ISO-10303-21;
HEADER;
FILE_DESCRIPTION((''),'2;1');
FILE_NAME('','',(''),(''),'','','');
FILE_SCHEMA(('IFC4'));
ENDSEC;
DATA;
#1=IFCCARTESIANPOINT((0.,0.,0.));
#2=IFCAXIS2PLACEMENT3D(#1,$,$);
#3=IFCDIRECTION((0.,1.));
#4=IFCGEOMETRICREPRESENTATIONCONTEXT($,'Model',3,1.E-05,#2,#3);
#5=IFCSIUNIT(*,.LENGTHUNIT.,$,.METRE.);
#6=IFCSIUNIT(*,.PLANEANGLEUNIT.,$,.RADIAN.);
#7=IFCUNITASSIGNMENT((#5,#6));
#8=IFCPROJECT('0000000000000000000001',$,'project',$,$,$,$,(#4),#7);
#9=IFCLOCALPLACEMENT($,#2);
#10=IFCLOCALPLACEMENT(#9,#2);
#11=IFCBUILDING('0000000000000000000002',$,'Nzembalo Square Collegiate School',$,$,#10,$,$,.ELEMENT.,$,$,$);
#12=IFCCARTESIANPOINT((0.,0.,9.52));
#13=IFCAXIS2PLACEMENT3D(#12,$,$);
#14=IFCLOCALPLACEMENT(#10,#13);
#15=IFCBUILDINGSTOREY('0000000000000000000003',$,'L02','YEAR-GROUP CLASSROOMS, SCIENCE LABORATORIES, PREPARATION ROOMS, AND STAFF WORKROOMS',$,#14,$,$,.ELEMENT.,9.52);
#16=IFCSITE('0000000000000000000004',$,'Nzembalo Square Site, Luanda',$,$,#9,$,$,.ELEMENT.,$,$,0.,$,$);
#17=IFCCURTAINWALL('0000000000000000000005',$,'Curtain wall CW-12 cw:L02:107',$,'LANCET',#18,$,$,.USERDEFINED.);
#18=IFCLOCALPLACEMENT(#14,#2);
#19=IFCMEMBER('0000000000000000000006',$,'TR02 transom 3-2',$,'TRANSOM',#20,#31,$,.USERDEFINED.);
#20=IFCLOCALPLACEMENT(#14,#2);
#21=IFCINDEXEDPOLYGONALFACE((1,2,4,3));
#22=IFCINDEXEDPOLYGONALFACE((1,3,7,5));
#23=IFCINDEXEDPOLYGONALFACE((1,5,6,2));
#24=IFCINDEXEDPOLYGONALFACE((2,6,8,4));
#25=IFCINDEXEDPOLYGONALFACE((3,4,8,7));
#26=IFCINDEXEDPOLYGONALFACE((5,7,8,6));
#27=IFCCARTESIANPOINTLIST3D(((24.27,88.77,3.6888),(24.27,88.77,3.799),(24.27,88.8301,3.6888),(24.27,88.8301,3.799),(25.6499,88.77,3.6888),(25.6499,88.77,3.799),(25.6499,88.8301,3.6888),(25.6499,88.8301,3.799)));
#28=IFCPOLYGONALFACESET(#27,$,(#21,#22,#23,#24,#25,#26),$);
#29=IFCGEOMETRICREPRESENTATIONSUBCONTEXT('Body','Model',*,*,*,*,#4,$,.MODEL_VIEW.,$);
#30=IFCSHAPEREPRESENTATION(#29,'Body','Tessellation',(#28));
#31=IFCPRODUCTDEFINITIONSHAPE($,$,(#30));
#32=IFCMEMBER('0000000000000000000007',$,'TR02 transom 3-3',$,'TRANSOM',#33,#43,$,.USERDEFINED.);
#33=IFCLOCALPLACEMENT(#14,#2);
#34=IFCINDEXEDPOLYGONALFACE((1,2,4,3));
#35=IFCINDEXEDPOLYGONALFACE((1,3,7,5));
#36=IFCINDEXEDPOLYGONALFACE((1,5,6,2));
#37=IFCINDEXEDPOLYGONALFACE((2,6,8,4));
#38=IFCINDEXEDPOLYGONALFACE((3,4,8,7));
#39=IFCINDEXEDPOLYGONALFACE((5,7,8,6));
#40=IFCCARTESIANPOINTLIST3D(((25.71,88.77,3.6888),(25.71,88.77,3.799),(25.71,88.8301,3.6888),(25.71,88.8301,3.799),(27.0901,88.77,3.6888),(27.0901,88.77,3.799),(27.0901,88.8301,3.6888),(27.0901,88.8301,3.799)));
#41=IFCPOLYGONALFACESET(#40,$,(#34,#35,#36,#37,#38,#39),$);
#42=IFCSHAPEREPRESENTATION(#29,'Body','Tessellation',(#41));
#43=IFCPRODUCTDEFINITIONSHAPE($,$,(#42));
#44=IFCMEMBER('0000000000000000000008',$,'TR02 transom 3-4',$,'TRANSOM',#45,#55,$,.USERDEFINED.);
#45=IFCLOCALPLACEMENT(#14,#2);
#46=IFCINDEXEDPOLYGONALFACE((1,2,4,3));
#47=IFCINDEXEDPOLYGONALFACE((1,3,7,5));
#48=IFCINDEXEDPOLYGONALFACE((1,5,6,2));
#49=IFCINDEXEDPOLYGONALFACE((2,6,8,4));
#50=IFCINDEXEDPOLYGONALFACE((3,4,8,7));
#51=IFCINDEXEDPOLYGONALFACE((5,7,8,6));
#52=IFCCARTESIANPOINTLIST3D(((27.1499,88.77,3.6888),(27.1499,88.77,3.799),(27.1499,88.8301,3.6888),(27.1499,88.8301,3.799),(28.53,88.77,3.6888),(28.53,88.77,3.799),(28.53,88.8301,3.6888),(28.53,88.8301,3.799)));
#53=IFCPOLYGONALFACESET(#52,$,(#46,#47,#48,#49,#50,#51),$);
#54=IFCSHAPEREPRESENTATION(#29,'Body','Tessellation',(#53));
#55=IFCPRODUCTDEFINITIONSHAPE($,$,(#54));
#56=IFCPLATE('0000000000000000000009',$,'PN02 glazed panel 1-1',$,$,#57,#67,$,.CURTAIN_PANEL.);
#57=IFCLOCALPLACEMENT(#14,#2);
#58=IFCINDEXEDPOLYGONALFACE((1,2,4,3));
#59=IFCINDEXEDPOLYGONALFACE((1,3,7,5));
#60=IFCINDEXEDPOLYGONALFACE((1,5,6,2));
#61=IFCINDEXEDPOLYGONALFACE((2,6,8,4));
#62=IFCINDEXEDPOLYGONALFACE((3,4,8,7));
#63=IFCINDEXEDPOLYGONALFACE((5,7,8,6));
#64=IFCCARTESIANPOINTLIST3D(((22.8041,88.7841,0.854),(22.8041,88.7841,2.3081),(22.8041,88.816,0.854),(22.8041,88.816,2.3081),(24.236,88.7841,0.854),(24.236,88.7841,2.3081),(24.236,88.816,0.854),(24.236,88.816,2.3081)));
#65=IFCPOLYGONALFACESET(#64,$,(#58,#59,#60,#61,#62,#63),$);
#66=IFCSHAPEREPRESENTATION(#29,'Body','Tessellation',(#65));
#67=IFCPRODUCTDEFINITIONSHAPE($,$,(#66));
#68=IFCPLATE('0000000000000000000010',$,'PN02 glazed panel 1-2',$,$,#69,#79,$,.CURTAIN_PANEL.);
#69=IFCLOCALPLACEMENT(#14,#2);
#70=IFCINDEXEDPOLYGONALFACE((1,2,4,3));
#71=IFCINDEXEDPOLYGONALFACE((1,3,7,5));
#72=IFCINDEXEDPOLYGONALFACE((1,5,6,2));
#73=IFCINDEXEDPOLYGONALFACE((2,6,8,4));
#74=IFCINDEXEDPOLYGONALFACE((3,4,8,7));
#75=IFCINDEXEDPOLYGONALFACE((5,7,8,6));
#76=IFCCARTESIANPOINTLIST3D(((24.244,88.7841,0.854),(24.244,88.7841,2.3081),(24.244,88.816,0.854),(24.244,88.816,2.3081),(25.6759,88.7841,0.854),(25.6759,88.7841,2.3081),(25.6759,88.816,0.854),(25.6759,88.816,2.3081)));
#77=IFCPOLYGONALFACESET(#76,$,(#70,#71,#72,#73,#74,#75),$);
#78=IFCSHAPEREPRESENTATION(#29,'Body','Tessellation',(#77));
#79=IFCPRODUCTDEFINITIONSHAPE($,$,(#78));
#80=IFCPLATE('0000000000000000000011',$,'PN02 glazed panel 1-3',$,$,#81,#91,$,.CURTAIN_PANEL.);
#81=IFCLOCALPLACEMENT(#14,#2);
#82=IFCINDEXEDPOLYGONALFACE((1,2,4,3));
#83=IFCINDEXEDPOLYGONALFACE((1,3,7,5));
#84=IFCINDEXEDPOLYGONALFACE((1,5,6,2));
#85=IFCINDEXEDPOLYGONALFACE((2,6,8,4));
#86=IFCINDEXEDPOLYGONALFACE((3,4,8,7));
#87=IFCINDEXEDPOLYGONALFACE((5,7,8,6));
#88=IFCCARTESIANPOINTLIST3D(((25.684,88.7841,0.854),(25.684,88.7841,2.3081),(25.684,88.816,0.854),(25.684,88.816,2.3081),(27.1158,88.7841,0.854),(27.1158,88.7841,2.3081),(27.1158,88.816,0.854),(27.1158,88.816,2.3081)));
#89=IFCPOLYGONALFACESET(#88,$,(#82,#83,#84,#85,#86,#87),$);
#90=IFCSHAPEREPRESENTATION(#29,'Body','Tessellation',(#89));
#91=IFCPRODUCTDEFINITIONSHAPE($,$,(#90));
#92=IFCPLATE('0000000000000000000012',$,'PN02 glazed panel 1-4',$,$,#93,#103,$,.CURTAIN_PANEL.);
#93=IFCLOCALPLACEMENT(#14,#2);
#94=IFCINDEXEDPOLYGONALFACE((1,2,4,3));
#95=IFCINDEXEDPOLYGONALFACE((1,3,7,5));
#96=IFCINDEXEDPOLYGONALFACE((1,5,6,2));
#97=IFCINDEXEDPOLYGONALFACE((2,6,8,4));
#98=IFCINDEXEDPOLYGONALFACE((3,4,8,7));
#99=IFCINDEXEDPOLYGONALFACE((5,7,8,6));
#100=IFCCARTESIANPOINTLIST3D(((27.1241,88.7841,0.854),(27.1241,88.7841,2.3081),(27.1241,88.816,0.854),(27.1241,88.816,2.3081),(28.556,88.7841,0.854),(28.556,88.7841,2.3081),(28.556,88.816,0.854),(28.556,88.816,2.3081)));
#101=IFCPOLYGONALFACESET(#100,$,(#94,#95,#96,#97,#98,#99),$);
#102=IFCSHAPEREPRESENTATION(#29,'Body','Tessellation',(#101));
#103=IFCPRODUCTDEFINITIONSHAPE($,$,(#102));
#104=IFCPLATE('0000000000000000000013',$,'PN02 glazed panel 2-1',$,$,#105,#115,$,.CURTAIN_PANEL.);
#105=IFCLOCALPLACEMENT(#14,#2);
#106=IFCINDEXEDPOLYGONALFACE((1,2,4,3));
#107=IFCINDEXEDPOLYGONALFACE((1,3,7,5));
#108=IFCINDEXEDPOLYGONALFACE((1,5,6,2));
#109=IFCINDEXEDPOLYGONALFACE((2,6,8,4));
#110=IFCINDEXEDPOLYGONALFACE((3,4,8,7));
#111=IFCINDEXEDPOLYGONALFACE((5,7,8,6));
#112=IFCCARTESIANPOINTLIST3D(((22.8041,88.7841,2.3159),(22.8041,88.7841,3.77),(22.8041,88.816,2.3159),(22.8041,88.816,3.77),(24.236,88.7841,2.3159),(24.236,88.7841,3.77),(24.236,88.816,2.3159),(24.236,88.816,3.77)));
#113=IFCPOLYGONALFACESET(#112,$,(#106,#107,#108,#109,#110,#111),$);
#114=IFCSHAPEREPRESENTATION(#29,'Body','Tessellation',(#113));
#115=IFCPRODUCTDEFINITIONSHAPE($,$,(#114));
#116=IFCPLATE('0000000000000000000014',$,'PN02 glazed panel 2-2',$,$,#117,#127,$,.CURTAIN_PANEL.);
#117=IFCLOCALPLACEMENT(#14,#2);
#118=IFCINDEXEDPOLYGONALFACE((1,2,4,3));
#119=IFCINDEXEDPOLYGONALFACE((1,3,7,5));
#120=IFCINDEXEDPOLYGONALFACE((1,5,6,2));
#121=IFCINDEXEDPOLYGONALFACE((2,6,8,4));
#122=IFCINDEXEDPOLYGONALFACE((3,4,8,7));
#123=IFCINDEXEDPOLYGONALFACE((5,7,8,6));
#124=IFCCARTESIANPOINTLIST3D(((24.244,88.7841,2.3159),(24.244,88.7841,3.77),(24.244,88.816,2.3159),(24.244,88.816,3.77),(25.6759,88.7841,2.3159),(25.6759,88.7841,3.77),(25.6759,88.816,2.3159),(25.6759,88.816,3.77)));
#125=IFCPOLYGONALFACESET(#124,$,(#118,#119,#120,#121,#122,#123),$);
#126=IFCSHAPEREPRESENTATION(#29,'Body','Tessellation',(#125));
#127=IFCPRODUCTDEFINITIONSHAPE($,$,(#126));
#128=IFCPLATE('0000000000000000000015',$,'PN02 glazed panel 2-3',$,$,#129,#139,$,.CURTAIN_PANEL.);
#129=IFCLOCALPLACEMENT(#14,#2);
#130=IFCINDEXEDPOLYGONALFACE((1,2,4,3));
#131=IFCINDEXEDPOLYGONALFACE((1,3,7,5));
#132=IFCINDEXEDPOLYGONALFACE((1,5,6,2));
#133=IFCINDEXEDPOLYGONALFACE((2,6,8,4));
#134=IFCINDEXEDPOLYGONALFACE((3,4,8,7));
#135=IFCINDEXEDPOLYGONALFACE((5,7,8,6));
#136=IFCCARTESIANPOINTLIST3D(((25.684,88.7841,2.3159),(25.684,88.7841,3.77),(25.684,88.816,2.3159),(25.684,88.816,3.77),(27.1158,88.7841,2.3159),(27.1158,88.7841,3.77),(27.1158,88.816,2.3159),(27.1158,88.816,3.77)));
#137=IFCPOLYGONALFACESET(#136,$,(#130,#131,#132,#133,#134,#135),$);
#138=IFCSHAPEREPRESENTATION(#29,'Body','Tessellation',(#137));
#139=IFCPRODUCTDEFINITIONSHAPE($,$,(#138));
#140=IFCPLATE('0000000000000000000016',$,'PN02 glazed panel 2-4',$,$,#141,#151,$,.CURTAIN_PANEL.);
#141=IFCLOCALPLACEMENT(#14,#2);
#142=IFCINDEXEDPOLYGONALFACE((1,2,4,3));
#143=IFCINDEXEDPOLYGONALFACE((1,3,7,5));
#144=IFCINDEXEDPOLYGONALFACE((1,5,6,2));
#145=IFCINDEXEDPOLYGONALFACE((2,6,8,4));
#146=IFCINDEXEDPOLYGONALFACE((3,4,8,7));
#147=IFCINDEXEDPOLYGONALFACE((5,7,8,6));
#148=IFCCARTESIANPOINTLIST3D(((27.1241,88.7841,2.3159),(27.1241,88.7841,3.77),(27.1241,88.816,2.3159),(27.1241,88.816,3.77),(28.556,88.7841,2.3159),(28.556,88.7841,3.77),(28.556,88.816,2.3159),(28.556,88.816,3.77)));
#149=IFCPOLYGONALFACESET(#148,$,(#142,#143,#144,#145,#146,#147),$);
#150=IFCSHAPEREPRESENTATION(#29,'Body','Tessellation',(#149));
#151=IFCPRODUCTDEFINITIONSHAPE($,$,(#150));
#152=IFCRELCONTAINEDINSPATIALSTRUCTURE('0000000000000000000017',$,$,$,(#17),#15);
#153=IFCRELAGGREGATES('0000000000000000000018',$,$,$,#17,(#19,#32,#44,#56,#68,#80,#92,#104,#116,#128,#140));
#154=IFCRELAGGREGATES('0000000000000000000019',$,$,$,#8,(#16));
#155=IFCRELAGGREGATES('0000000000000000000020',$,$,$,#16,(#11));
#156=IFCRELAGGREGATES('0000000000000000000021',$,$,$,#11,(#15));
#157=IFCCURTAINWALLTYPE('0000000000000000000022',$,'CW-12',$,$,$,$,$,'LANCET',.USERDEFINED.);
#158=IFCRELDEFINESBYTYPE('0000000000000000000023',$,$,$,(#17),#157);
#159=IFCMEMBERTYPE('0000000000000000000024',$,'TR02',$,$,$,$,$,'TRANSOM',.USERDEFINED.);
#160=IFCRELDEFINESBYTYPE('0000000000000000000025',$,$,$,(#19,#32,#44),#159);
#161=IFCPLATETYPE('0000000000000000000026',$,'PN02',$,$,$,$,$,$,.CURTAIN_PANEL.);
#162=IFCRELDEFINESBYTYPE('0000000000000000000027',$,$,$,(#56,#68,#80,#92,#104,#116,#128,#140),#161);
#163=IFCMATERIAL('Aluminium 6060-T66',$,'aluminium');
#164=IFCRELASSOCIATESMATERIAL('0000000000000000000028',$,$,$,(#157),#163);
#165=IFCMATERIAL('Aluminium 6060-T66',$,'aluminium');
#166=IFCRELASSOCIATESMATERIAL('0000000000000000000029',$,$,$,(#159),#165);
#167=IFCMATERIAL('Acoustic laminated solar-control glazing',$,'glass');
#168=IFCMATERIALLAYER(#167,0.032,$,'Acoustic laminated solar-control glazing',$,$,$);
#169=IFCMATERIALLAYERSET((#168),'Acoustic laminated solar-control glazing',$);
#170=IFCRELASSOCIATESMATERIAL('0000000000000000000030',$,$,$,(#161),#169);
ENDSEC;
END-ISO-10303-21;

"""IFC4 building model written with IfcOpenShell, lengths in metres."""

from ifc_helpers import new_model, si_unit, direction, frame, origin, origin_2d, place, context, subcontext, project, spatial, rectangle, extrude, material, layer, layer_set, material_profile, profile_set, type_object, element, aggregate, save


model = new_model("IFC4")

# Units and contexts
model_context = context("Model", 3, precision=1e-05, world=origin(), true_north=direction((0.0, 1.0)))
body_context = subcontext(model_context, "Body", "Model", "MODEL_VIEW")
ifc_project = project(units=[si_unit("LENGTHUNIT", "METRE"), si_unit("PLANEANGLEUNIT", "RADIAN")], contexts=[model_context])

# Site, building, storey
site_placement = place(None, origin())
site = spatial("IfcSite", under=ifc_project, at=site_placement, Name="Nzembalo Square Site, Luanda", CompositionType="ELEMENT", RefElevation=0.0)
building_placement = place(site_placement, origin())
building = spatial("IfcBuilding", under=site, at=building_placement, Name="Nzembalo Square Collegiate School", CompositionType="ELEMENT")
storey_placement = place(building_placement, frame((0.0, 0.0, 9.52)))
storey = spatial("IfcBuildingStorey", under=building, at=storey_placement, Name="L02", Description="YEAR-GROUP CLASSROOMS, SCIENCE LABORATORIES, PREPARATION ROOMS, AND STAFF WORKROOMS", CompositionType="ELEMENT", Elevation=9.52)

# Curtain wall, members, plates
ifc_material_1 = material(Name="Aluminium 6060-T66", Category="aluminium")
curtain_wall_type = type_object("IfcCurtainWallType", Name="CW-12", ElementType="LANCET", PredefinedType="USERDEFINED", material=ifc_material_1)
curtain_wall_placement = place(storey_placement, origin())
curtain_wall = element("IfcCurtainWall", 1, at=curtain_wall_placement, inside=storey, type_object=curtain_wall_type, Name="Curtain wall CW-12 cw:L02:107", ObjectType="LANCET", PredefinedType="USERDEFINED")
ifc_material_2 = material(Name="Aluminium 6060-T66", Category="aluminium")
ifc_material_profile_1 = material_profile(ifc_material_2, rectangle(XDim=0.0601, YDim=0.1101, at=origin_2d()), Name="ALU T60x110")
ifc_profile_set_1 = profile_set([ifc_material_profile_1], Name="Aluminium 6060-T66")
member_type_1 = type_object("IfcMemberType", Name="TR02", ElementType="TRANSOM", PredefinedType="USERDEFINED", material=ifc_profile_set_1)
member_1_placement = place(storey_placement, frame((24.27, 88.8, 3.7439), z_axis=(1.0, 0.0, 0.0), x_axis=(0.0, 1.0, 0.0)))
member_1 = element("IfcMember", 2, at=member_1_placement, type_object=member_type_1, Name="TR02 transom 3-2", ObjectType="TRANSOM", PredefinedType="USERDEFINED", context=body_context, shape_type="SweptSolid", body=[
    extrude(rectangle(XDim=0.0601, YDim=0.1101, at=origin_2d()), origin(), (0.0, 0.0, 1.0), 1.3799),
])
member_2_placement = place(storey_placement, frame((25.71, 88.8, 3.7439), z_axis=(1.0, 0.0, 0.0), x_axis=(0.0, 1.0, 0.0)))
member_2 = element("IfcMember", 3, at=member_2_placement, type_object=member_type_1, Name="TR02 transom 3-3", ObjectType="TRANSOM", PredefinedType="USERDEFINED", context=body_context, shape_type="SweptSolid", body=[
    extrude(rectangle(XDim=0.0601, YDim=0.1101, at=origin_2d()), origin(), (0.0, 0.0, 1.0), 1.3801),
])
member_3_placement = place(storey_placement, frame((27.1499, 88.8, 3.7439), z_axis=(1.0, 0.0, 0.0), x_axis=(0.0, 1.0, 0.0)))
member_3 = element("IfcMember", 4, at=member_3_placement, type_object=member_type_1, Name="TR02 transom 3-4", ObjectType="TRANSOM", PredefinedType="USERDEFINED", context=body_context, shape_type="SweptSolid", body=[
    extrude(rectangle(XDim=0.0601, YDim=0.1101, at=origin_2d()), origin(), (0.0, 0.0, 1.0), 1.3801),
])
ifc_material_3 = material(Name="Acoustic laminated solar-control glazing", Category="glass")
ifc_layer = layer(ifc_material_3, 0.032, Name="Acoustic laminated solar-control glazing")
ifc_layer_set = layer_set([ifc_layer], Name="Acoustic laminated solar-control glazing")
plate_type = type_object("IfcPlateType", Name="PN02", PredefinedType="CURTAIN_PANEL", material=ifc_layer_set)
plate_1_placement = place(storey_placement, frame((23.52, 88.8, 0.854), z_axis=(0.0, 0.0, 1.0), x_axis=(1.0, 0.0, 0.0)))
plate_1 = element("IfcPlate", 5, at=plate_1_placement, type_object=plate_type, Name="PN02 glazed panel 1-1", PredefinedType="CURTAIN_PANEL", context=body_context, shape_type="SweptSolid", body=[
    extrude(rectangle(XDim=1.4319, YDim=0.032, at=origin_2d()), origin(), (0.0, 0.0, 1.0), 1.4541),
])
plate_2_placement = place(storey_placement, frame((24.96, 88.8, 0.854), z_axis=(0.0, 0.0, 1.0), x_axis=(1.0, 0.0, 0.0)))
plate_2 = element("IfcPlate", 6, at=plate_2_placement, type_object=plate_type, Name="PN02 glazed panel 1-2", PredefinedType="CURTAIN_PANEL", context=body_context, shape_type="SweptSolid", body=[
    extrude(rectangle(XDim=1.4319, YDim=0.032, at=origin_2d()), origin(), (0.0, 0.0, 1.0), 1.4541),
])
plate_3_placement = place(storey_placement, frame((26.3999, 88.8, 0.854), z_axis=(0.0, 0.0, 1.0), x_axis=(1.0, 0.0, 0.0)))
plate_3 = element("IfcPlate", 7, at=plate_3_placement, type_object=plate_type, Name="PN02 glazed panel 1-3", PredefinedType="CURTAIN_PANEL", context=body_context, shape_type="SweptSolid", body=[
    extrude(rectangle(XDim=1.4319, YDim=0.032, at=origin_2d()), origin(), (0.0, 0.0, 1.0), 1.4541),
])
plate_4_placement = place(storey_placement, frame((27.8401, 88.8, 0.854), z_axis=(0.0, 0.0, 1.0), x_axis=(1.0, 0.0, 0.0)))
plate_4 = element("IfcPlate", 8, at=plate_4_placement, type_object=plate_type, Name="PN02 glazed panel 1-4", PredefinedType="CURTAIN_PANEL", context=body_context, shape_type="SweptSolid", body=[
    extrude(rectangle(XDim=1.4319, YDim=0.032, at=origin_2d()), origin(), (0.0, 0.0, 1.0), 1.4541),
])
plate_5_placement = place(storey_placement, frame((23.52, 88.8, 2.3159), z_axis=(0.0, 0.0, 1.0), x_axis=(1.0, 0.0, 0.0)))
plate_5 = element("IfcPlate", 9, at=plate_5_placement, type_object=plate_type, Name="PN02 glazed panel 2-1", PredefinedType="CURTAIN_PANEL", context=body_context, shape_type="SweptSolid", body=[
    extrude(rectangle(XDim=1.4319, YDim=0.032, at=origin_2d()), origin(), (0.0, 0.0, 1.0), 1.4541),
])
plate_6_placement = place(storey_placement, frame((24.96, 88.8, 2.3159), z_axis=(0.0, 0.0, 1.0), x_axis=(1.0, 0.0, 0.0)))
plate_6 = element("IfcPlate", 10, at=plate_6_placement, type_object=plate_type, Name="PN02 glazed panel 2-2", PredefinedType="CURTAIN_PANEL", context=body_context, shape_type="SweptSolid", body=[
    extrude(rectangle(XDim=1.4319, YDim=0.032, at=origin_2d()), origin(), (0.0, 0.0, 1.0), 1.4541),
])
plate_7_placement = place(storey_placement, frame((26.3999, 88.8, 2.3159), z_axis=(0.0, 0.0, 1.0), x_axis=(1.0, 0.0, 0.0)))
plate_7 = element("IfcPlate", 11, at=plate_7_placement, type_object=plate_type, Name="PN02 glazed panel 2-3", PredefinedType="CURTAIN_PANEL", context=body_context, shape_type="SweptSolid", body=[
    extrude(rectangle(XDim=1.4319, YDim=0.032, at=origin_2d()), origin(), (0.0, 0.0, 1.0), 1.4541),
])
plate_8_placement = place(storey_placement, frame((27.8401, 88.8, 2.3159), z_axis=(0.0, 0.0, 1.0), x_axis=(1.0, 0.0, 0.0)))
plate_8 = element("IfcPlate", 12, at=plate_8_placement, type_object=plate_type, Name="PN02 glazed panel 2-4", PredefinedType="CURTAIN_PANEL", context=body_context, shape_type="SweptSolid", body=[
    extrude(rectangle(XDim=1.4319, YDim=0.032, at=origin_2d()), origin(), (0.0, 0.0, 1.0), 1.4541),
])
aggregate(curtain_wall, [member_1, member_2, member_3, plate_1, plate_2, plate_3, plate_4, plate_5, plate_6, plate_7, plate_8])

save(model, "model.ifc")
